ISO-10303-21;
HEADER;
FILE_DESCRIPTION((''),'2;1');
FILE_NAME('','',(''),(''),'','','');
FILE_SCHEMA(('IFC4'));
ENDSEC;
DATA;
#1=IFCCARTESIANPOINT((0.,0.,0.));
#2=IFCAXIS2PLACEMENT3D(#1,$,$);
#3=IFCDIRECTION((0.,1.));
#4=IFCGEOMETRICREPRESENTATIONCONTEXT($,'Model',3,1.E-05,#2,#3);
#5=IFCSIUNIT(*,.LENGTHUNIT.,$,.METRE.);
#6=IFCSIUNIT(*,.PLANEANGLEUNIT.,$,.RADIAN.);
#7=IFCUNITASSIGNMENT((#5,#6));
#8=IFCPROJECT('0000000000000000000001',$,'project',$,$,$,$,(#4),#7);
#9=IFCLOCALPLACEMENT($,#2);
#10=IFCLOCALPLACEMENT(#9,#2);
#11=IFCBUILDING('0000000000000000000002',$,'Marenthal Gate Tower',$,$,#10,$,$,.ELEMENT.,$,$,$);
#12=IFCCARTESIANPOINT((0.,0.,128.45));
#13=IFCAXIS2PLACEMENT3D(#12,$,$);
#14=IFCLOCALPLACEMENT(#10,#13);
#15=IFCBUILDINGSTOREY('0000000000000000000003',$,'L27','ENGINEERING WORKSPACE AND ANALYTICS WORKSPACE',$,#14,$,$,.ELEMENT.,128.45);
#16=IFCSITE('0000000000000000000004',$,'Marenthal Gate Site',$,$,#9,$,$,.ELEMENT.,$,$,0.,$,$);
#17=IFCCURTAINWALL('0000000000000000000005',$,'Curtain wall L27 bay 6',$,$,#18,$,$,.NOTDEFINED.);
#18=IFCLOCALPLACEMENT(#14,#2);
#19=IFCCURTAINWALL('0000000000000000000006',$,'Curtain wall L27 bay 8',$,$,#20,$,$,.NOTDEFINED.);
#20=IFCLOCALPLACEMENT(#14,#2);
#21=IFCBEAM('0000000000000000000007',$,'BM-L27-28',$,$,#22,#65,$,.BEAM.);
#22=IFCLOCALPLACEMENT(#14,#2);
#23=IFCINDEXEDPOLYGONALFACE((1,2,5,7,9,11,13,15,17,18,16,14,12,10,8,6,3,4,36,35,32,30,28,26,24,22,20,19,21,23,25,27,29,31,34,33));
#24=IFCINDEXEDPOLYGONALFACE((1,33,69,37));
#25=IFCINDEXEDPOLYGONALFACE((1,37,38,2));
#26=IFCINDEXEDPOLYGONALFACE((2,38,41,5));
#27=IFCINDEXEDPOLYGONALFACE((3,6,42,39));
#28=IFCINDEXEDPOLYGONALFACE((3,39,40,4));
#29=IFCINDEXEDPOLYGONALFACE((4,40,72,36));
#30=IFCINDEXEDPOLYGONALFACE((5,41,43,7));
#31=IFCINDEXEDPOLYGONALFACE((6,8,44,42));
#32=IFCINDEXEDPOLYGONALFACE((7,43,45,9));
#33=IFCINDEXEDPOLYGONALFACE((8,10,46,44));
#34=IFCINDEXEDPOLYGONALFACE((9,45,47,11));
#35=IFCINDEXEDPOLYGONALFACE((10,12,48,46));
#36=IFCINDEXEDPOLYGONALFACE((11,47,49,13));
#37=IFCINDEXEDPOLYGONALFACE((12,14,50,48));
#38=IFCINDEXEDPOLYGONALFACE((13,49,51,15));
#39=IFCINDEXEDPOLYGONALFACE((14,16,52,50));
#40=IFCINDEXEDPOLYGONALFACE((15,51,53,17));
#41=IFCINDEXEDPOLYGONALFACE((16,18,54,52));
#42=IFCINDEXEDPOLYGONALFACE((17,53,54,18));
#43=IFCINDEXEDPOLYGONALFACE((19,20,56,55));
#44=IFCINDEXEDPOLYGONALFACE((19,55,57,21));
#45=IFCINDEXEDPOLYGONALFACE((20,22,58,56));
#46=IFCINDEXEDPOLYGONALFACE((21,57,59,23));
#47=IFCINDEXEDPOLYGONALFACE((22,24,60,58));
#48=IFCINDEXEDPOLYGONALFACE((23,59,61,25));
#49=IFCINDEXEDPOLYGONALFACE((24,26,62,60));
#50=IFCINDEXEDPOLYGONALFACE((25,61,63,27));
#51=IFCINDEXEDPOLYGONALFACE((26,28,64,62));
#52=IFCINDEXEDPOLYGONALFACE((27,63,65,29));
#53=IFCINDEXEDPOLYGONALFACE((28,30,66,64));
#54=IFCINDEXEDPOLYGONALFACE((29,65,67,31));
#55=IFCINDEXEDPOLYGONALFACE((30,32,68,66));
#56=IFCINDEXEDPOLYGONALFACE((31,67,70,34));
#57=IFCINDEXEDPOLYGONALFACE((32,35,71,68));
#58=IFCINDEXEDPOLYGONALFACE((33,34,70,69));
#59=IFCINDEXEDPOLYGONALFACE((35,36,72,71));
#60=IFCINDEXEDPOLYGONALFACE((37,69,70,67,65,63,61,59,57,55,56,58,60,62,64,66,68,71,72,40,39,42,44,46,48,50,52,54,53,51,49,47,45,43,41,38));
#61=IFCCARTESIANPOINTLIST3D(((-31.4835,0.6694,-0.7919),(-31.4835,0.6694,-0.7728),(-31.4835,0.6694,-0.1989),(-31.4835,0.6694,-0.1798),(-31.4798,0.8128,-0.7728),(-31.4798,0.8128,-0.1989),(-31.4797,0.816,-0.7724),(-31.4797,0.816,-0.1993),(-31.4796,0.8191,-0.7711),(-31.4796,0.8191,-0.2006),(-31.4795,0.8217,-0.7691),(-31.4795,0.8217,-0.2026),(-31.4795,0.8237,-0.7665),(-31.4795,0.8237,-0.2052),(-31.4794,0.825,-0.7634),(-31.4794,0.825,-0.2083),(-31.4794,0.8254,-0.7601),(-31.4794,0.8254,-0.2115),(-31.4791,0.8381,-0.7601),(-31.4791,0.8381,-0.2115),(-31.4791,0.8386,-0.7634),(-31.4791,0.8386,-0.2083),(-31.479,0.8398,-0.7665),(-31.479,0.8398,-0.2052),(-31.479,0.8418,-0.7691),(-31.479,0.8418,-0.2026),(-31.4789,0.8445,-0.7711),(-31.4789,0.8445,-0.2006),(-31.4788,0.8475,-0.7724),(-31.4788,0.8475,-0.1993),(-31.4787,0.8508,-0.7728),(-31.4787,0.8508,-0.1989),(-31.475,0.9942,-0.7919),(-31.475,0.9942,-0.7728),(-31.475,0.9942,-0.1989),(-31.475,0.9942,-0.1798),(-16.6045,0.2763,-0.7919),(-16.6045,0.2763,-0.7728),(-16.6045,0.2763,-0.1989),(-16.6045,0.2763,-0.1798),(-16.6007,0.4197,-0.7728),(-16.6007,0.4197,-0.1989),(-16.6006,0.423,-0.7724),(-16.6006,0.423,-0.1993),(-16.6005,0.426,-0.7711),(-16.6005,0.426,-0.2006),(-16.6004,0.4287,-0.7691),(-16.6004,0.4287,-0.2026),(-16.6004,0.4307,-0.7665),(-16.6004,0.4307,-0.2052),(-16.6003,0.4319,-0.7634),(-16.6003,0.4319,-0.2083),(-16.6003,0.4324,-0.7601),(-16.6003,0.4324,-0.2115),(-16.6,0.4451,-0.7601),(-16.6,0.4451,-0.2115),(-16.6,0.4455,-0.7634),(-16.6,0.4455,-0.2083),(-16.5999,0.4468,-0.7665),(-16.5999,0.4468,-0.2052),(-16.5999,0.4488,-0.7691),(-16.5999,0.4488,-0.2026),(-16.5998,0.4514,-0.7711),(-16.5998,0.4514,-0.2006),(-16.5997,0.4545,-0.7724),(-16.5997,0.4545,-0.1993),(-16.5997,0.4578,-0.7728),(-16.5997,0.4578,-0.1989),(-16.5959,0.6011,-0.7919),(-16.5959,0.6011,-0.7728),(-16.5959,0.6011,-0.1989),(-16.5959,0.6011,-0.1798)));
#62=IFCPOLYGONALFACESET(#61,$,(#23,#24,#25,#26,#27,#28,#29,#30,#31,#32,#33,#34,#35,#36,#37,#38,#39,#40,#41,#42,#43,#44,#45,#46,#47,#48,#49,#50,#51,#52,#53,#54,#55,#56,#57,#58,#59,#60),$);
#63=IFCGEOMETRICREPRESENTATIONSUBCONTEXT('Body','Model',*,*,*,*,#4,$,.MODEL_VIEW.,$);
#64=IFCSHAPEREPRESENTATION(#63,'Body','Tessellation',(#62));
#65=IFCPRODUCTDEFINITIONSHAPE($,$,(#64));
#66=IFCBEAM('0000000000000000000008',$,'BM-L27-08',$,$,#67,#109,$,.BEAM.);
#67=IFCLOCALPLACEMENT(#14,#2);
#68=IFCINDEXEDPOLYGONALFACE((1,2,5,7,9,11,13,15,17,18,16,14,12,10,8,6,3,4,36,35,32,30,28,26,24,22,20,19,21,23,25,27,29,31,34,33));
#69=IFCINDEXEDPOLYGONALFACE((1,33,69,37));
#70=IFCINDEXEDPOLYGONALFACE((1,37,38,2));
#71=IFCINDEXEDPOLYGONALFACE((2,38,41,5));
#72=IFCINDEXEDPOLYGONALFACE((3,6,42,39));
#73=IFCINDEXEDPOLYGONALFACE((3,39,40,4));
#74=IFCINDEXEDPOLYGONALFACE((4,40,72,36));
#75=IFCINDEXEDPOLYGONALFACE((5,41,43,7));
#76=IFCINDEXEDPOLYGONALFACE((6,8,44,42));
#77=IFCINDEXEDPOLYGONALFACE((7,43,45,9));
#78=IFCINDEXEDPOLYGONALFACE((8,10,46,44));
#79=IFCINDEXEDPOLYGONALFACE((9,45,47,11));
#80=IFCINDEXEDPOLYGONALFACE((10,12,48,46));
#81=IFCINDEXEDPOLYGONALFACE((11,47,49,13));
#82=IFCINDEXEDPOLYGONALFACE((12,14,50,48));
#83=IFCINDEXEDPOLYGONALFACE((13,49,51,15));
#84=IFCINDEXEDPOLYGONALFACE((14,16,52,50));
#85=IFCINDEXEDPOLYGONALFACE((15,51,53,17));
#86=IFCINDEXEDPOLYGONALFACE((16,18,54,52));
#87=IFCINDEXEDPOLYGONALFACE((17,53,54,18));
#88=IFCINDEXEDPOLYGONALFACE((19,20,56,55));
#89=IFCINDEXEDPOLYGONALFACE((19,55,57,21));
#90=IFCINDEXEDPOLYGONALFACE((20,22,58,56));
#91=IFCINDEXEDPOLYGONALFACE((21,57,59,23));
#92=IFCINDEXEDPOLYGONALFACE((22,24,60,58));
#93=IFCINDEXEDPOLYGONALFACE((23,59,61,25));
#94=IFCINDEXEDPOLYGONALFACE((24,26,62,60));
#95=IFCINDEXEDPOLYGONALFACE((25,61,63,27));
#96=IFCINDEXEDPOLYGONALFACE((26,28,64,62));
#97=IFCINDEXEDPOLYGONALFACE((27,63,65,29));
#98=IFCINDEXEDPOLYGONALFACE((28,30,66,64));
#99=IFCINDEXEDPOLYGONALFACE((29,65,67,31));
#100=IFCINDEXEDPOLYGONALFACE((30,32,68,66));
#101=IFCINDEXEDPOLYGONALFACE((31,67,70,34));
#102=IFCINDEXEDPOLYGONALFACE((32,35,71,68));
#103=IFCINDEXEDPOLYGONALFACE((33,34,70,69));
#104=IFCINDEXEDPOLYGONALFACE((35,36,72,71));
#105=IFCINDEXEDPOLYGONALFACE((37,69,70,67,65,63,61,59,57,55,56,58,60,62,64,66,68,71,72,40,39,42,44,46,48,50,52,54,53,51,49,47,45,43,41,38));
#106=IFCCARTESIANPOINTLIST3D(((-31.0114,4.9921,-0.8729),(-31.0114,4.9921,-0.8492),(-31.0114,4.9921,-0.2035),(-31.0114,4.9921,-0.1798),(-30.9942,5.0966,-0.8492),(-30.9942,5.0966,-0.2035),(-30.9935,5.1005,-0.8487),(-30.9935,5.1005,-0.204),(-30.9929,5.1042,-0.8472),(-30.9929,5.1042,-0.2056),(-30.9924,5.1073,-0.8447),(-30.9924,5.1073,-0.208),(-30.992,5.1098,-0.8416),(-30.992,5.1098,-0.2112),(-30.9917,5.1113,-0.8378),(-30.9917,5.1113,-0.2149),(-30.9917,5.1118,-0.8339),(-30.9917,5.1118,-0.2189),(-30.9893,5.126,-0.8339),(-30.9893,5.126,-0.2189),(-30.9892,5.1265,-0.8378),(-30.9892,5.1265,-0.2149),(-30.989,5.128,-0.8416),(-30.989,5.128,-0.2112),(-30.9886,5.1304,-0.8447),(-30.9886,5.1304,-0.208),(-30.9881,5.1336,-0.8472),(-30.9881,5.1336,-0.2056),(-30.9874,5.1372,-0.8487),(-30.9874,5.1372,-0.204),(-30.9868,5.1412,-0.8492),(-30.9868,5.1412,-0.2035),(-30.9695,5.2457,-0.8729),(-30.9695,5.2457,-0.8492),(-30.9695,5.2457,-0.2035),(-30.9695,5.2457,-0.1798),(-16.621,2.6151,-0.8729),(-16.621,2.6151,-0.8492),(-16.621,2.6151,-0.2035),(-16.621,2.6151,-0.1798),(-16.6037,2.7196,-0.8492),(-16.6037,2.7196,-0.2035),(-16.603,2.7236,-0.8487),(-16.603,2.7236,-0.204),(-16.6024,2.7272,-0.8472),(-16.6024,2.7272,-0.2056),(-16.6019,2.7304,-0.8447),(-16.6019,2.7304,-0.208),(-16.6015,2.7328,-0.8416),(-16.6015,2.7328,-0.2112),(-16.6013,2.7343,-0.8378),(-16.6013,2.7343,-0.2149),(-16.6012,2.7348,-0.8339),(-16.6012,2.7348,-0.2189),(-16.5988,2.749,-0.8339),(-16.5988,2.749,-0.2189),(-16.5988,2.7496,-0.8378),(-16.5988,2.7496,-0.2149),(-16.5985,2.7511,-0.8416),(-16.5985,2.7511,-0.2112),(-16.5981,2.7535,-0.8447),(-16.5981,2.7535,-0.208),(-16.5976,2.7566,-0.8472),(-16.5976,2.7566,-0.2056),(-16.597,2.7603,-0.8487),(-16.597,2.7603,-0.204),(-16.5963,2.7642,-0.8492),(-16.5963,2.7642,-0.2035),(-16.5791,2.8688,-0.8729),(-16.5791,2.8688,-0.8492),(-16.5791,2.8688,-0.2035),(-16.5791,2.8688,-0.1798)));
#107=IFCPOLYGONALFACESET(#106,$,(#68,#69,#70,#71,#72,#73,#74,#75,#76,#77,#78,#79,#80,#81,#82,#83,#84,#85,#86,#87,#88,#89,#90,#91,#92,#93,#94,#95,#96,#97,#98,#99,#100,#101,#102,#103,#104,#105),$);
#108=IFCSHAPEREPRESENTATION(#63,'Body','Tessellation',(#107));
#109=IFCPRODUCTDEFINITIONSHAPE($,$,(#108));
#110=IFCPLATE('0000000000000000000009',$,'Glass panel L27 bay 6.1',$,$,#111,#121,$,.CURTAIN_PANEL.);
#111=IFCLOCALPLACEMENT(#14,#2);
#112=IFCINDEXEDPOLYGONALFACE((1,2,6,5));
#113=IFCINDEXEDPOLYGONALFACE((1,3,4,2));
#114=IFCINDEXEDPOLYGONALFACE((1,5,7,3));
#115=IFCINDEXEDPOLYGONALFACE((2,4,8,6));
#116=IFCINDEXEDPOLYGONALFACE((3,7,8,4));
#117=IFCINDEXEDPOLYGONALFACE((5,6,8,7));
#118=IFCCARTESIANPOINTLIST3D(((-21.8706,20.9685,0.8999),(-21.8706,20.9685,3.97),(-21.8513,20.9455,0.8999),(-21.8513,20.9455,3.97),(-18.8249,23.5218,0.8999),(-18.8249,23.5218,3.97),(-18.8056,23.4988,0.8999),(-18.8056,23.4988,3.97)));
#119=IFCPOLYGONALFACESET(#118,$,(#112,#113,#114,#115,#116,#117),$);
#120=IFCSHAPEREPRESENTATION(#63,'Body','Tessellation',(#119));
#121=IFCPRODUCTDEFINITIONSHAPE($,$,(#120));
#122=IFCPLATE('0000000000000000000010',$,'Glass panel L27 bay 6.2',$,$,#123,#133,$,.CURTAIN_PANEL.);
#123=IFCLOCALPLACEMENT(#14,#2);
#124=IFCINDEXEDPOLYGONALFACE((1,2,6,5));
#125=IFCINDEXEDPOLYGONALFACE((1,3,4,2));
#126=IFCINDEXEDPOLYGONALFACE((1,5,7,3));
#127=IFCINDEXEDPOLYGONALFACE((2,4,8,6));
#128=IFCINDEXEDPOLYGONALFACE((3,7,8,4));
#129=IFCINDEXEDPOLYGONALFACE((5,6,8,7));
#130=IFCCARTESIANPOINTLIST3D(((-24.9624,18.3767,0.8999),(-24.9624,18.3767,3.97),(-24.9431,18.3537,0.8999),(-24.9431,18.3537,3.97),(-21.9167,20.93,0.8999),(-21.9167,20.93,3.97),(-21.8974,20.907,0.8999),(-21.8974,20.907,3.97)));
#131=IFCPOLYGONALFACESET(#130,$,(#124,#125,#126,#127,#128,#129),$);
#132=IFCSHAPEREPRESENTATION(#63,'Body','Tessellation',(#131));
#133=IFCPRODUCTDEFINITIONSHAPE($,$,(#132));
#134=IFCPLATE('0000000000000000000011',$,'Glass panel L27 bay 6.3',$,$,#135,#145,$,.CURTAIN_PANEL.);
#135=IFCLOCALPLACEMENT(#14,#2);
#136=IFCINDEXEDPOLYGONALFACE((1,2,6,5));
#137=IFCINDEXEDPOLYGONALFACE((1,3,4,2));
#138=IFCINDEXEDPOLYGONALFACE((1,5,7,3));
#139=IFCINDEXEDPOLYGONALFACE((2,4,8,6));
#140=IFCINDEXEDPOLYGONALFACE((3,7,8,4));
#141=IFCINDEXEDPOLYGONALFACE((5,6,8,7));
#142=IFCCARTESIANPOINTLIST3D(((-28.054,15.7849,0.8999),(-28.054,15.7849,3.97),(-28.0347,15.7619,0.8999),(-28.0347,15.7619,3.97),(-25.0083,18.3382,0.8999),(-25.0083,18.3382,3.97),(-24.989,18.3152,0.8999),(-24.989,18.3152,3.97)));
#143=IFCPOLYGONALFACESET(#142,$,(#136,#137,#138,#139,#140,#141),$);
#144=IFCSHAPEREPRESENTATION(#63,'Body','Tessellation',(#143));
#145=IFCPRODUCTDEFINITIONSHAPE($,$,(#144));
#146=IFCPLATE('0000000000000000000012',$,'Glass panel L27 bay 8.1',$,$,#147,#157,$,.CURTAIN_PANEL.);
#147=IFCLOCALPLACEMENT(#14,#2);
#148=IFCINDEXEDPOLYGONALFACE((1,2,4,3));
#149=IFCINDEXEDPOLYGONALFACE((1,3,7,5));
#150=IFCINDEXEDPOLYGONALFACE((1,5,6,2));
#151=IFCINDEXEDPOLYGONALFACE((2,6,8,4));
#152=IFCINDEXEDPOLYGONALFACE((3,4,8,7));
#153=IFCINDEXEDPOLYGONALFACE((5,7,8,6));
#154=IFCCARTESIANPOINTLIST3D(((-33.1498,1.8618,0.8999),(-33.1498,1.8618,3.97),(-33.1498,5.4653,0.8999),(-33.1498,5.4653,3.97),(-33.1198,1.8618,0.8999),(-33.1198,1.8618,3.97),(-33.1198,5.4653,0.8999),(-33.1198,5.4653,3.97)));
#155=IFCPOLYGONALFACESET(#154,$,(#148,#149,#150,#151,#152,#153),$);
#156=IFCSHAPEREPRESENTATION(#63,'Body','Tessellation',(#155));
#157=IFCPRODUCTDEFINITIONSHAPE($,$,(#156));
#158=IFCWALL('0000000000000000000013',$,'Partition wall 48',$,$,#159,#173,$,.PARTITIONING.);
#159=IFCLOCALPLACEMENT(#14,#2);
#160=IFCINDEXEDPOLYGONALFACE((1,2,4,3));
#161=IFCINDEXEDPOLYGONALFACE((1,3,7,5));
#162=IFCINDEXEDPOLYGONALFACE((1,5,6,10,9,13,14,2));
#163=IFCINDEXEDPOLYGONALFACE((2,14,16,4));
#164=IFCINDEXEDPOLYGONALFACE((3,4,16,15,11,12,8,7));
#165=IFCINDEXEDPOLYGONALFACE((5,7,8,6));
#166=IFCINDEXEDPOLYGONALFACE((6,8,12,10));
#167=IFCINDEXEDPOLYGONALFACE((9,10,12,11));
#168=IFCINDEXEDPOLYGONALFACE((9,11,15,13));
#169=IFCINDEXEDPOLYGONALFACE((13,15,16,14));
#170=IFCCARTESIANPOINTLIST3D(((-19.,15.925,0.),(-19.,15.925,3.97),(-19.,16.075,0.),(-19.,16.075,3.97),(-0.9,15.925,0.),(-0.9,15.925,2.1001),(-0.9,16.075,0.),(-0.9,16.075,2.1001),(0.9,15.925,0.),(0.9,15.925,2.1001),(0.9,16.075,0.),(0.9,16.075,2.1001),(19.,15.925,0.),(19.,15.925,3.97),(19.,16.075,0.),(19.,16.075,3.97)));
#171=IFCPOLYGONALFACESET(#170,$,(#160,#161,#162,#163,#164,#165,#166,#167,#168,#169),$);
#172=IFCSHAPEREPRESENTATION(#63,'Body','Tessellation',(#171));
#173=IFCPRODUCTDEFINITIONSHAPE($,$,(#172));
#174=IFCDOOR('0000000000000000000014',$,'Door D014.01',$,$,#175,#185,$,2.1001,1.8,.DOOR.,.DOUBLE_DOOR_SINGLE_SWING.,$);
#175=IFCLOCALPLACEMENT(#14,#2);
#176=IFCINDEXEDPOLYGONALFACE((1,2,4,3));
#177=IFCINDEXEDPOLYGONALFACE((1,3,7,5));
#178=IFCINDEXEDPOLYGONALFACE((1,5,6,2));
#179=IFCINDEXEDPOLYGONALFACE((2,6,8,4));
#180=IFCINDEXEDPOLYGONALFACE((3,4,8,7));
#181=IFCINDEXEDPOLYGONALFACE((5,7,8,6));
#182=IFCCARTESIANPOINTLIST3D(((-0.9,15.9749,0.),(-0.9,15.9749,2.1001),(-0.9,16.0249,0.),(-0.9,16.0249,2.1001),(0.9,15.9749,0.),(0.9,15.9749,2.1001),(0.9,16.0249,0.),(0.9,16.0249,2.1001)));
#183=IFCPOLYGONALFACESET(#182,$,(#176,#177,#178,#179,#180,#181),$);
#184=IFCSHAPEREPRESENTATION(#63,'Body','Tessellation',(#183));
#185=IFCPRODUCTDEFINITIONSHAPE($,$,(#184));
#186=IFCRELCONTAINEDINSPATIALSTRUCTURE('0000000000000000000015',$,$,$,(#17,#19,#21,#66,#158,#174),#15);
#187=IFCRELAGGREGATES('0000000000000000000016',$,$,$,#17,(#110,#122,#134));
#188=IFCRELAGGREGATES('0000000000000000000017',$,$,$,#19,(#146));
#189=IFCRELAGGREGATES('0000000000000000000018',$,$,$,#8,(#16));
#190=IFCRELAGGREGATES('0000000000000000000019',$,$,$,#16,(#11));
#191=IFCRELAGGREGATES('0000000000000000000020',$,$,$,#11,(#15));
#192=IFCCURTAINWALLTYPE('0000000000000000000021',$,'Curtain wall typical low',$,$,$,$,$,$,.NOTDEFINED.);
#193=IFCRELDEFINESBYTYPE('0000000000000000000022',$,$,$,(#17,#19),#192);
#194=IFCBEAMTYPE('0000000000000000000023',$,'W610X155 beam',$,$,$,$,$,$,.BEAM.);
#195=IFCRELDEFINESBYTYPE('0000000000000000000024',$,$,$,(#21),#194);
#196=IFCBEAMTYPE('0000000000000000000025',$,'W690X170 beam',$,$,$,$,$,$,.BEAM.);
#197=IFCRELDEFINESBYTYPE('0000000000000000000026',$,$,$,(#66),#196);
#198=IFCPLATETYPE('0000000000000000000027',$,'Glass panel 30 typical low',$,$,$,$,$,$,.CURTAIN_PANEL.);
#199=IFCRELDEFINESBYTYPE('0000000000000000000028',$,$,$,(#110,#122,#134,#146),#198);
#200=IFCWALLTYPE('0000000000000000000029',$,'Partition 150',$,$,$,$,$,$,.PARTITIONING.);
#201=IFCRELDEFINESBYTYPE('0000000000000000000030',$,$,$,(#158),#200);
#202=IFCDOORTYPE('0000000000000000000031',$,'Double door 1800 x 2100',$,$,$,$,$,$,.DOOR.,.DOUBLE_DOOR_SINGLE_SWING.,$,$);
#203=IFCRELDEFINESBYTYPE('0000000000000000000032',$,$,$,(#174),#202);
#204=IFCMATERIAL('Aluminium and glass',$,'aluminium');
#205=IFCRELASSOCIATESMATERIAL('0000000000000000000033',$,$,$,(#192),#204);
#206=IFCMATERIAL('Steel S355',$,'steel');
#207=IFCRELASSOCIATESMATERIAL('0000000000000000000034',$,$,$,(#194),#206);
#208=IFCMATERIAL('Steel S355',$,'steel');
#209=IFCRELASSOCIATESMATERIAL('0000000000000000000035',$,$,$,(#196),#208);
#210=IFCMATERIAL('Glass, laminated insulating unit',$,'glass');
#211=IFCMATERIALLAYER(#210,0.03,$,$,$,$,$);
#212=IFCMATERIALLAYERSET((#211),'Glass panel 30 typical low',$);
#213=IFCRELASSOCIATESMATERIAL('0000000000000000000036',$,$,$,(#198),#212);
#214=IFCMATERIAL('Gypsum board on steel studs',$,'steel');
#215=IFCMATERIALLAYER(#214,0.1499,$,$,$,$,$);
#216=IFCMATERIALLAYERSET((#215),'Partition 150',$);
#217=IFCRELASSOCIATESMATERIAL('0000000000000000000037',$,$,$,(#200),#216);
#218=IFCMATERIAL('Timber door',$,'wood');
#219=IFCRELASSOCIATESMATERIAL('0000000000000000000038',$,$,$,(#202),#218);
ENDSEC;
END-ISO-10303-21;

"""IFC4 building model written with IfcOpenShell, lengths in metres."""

from ifc_helpers import new_model, si_unit, direction, frame, frame_2d, origin, origin_2d, place, context, subcontext, project, spatial, rectangle, i_section, extrude, material, layer, layer_set, material_profile, profile_set, type_object, element, fill, aggregate, save


model = new_model("IFC4")

# Units and contexts
model_context = context("Model", 3, precision=1e-05, world=origin(), true_north=direction((0.0, 1.0)))
body_context = subcontext(model_context, "Body", "Model", "MODEL_VIEW")
ifc_project = project(units=[si_unit("LENGTHUNIT", "METRE"), si_unit("PLANEANGLEUNIT", "RADIAN")], contexts=[model_context])

# Site, building, storey
site_placement = place(None, origin())
site = spatial("IfcSite", under=ifc_project, at=site_placement, Name="Marenthal Gate Site", CompositionType="ELEMENT", RefElevation=0.0)
building_placement = place(site_placement, origin())
building = spatial("IfcBuilding", under=site, at=building_placement, Name="Marenthal Gate Tower", CompositionType="ELEMENT")
storey_placement = place(building_placement, frame((0.0, 0.0, 128.45)))
storey = spatial("IfcBuildingStorey", under=building, at=storey_placement, Name="L27", Description="ENGINEERING WORKSPACE AND ANALYTICS WORKSPACE", CompositionType="ELEMENT", Elevation=128.45)

# Curtain walls
ifc_material_1 = material(Name="Aluminium and glass", Category="aluminium")
curtain_wall_type = type_object("IfcCurtainWallType", Name="Curtain wall typical low", PredefinedType="NOTDEFINED", material=ifc_material_1)
curtain_wall_1_placement = place(storey_placement, origin())
curtain_wall_1 = element("IfcCurtainWall", 1, at=curtain_wall_1_placement, inside=storey, type_object=curtain_wall_type, Name="Curtain wall L27 bay 6", PredefinedType="NOTDEFINED")
curtain_wall_2_placement = place(storey_placement, origin())
curtain_wall_2 = element("IfcCurtainWall", 2, at=curtain_wall_2_placement, inside=storey, type_object=curtain_wall_type, Name="Curtain wall L27 bay 8", PredefinedType="NOTDEFINED")

# Beams
ifc_material_2 = material(Name="Steel S355", Category="steel")
ifc_material_profile_1 = material_profile(ifc_material_2, i_section(OverallWidth=0.325, OverallDepth=0.6121, WebThickness=0.0127, FlangeThickness=0.019, FilletRadius=0.0127, at=origin_2d()), Name="W610X155")
ifc_profile_set_1 = profile_set([ifc_material_profile_1], Name="Steel S355")
beam_type_1 = type_object("IfcBeamType", Name="W610X155 beam", PredefinedType="BEAM", material=ifc_profile_set_1)
beam_1_placement = place(storey_placement, frame((-31.4792, 0.8318, -0.4858), z_axis=(0.999651, -0.026408, 0.0), x_axis=(0.026408, 0.999651, 0.0)))
element("IfcBeam", 3, at=beam_1_placement, inside=storey, type_object=beam_type_1, Name="BM-L27-28", PredefinedType="BEAM", context=body_context, shape_type="SweptSolid", body=[
    extrude(i_section(OverallWidth=0.325, OverallDepth=0.6121, WebThickness=0.0127, FlangeThickness=0.019, FilletRadius=0.0127, at=origin_2d()), origin(), (0.0, 0.0, 1.0), 14.8843),
])
ifc_material_3 = material(Name="Steel S355", Category="steel")
ifc_material_profile_2 = material_profile(ifc_material_3, i_section(OverallWidth=0.2571, OverallDepth=0.6931, WebThickness=0.0144, FlangeThickness=0.0237, FilletRadius=0.0154, at=origin_2d()), Name="W690X170")
ifc_profile_set_2 = profile_set([ifc_material_profile_2], Name="Steel S355")
beam_type_2 = type_object("IfcBeamType", Name="W690X170 beam", PredefinedType="BEAM", material=ifc_profile_set_2)
beam_2_placement = place(storey_placement, frame((-30.9905, 5.1189, -0.5264), z_axis=(0.986631, -0.162968, 0.0), x_axis=(0.162968, 0.986631, 0.0)))
element("IfcBeam", 4, at=beam_2_placement, inside=storey, type_object=beam_type_2, Name="BM-L27-08", PredefinedType="BEAM", context=body_context, shape_type="SweptSolid", body=[
    extrude(i_section(OverallWidth=0.2571, OverallDepth=0.6931, WebThickness=0.0144, FlangeThickness=0.0237, FilletRadius=0.0154, at=origin_2d()), origin(), (0.0, 0.0, 1.0), 14.5854),
])

# Plates
ifc_material_4 = material(Name="Glass, laminated insulating unit", Category="glass")
ifc_layer_1 = layer(ifc_material_4, 0.03)
ifc_layer_set_1 = layer_set([ifc_layer_1], Name="Glass panel 30 typical low")
plate_type = type_object("IfcPlateType", Name="Glass panel 30 typical low", PredefinedType="CURTAIN_PANEL", material=ifc_layer_set_1)
plate_1_placement = place(storey_placement, frame((-20.3381, 22.2336, 0.8999), z_axis=(0.0, 0.0, 1.0), x_axis=(-0.766338, -0.642438, 0.0)))
plate_1 = element("IfcPlate", 5, at=plate_1_placement, type_object=plate_type, Name="Glass panel L27 bay 6.1", PredefinedType="CURTAIN_PANEL", context=body_context, shape_type="SweptSolid", body=[
    extrude(rectangle(XDim=3.9744, YDim=0.03, at=origin_2d()), origin(), (0.0, 0.0, 1.0), 3.0701),
])
plate_2_placement = place(storey_placement, frame((-23.4299, 19.6418, 0.8999), z_axis=(0.0, 0.0, 1.0), x_axis=(-0.766338, -0.642438, 0.0)))
plate_2 = element("IfcPlate", 6, at=plate_2_placement, type_object=plate_type, Name="Glass panel L27 bay 6.2", PredefinedType="CURTAIN_PANEL", context=body_context, shape_type="SweptSolid", body=[
    extrude(rectangle(XDim=3.9744, YDim=0.03, at=origin_2d()), origin(), (0.0, 0.0, 1.0), 3.0701),
])
plate_3_placement = place(storey_placement, frame((-26.5215, 17.05, 0.8999), z_axis=(0.0, 0.0, 1.0), x_axis=(-0.766338, -0.642438, 0.0)))
plate_3 = element("IfcPlate", 7, at=plate_3_placement, type_object=plate_type, Name="Glass panel L27 bay 6.3", PredefinedType="CURTAIN_PANEL", context=body_context, shape_type="SweptSolid", body=[
    extrude(rectangle(XDim=3.9744, YDim=0.03, at=origin_2d()), origin(), (0.0, 0.0, 1.0), 3.0701),
])
aggregate(curtain_wall_1, [plate_1, plate_2, plate_3])
plate_4_placement = place(storey_placement, frame((-33.1348, 3.6636, 0.8999), z_axis=(0.0, 0.0, 1.0), x_axis=(0.0, -1.0, 0.0)))
plate_4 = element("IfcPlate", 8, at=plate_4_placement, type_object=plate_type, Name="Glass panel L27 bay 8.1", PredefinedType="CURTAIN_PANEL", context=body_context, shape_type="SweptSolid", body=[
    extrude(rectangle(XDim=3.6035, YDim=0.03, at=origin_2d()), origin(), (0.0, 0.0, 1.0), 3.0701),
])
aggregate(curtain_wall_2, [plate_4])

# Wall, opening, door
ifc_material_5 = material(Name="Gypsum board on steel studs", Category="steel")
ifc_layer_2 = layer(ifc_material_5, 0.1499)
ifc_layer_set_2 = layer_set([ifc_layer_2], Name="Partition 150")
wall_type_1 = type_object("IfcWallType", Name="Partition 150", PredefinedType="PARTITIONING", material=ifc_layer_set_2)
wall_1_placement = place(storey_placement, frame((-19.0, 16.0, 0.0), z_axis=(0.0, 0.0, 1.0), x_axis=(1.0, 0.0, 0.0)))
wall_1 = element("IfcWall", 9, at=wall_1_placement, inside=storey, type_object=wall_type_1, Name="Partition wall 48", PredefinedType="PARTITIONING", context=body_context, shape_type="SweptSolid", body=[
    extrude(rectangle(XDim=38.0, YDim=0.1499, at=frame_2d((19.0, 0.0))), origin(), (0.0, 0.0, 1.0), 3.97),
])
opening_1_placement = place(wall_1_placement, frame((18.1001, 0.0, 0.0)))
opening_1 = element("IfcOpeningElement", 10, at=opening_1_placement, cuts=wall_1, PredefinedType="OPENING", context=body_context, shape_type="SweptSolid", body=[
    extrude(rectangle(XDim=1.8, YDim=2.1001, at=frame_2d((0.8999, 1.05))), frame((0.0, 0.085, 0.0), z_axis=(0.0, -1.0, 0.0), x_axis=(1.0, 0.0, 0.0)), (0.0, 0.0, 1.0), 0.1699),
])
ifc_material_6 = material(Name="Timber door", Category="wood")
door_type_1 = type_object("IfcDoorType", Name="Double door 1800 x 2100", OperationType="DOUBLE_DOOR_SINGLE_SWING", PredefinedType="DOOR", material=ifc_material_6)
door_1_placement = place(opening_1_placement, origin())
door_1 = element("IfcDoor", 11, at=door_1_placement, inside=storey, type_object=door_type_1, Name="Door D014.01", OperationType="DOUBLE_DOOR_SINGLE_SWING", OverallHeight=2.1001, OverallWidth=1.8, PredefinedType="DOOR", context=body_context, shape_type="SweptSolid", body=[
    extrude(rectangle(XDim=1.8, YDim=2.1001, at=frame_2d((0.8999, 1.05))), frame((0.0, 0.0249, 0.0), z_axis=(0.0, -1.0, 0.0), x_axis=(1.0, 0.0, 0.0)), (0.0, 0.0, 1.0), 0.05),
])
fill(opening_1, door_1)

save(model, "model.ifc")
